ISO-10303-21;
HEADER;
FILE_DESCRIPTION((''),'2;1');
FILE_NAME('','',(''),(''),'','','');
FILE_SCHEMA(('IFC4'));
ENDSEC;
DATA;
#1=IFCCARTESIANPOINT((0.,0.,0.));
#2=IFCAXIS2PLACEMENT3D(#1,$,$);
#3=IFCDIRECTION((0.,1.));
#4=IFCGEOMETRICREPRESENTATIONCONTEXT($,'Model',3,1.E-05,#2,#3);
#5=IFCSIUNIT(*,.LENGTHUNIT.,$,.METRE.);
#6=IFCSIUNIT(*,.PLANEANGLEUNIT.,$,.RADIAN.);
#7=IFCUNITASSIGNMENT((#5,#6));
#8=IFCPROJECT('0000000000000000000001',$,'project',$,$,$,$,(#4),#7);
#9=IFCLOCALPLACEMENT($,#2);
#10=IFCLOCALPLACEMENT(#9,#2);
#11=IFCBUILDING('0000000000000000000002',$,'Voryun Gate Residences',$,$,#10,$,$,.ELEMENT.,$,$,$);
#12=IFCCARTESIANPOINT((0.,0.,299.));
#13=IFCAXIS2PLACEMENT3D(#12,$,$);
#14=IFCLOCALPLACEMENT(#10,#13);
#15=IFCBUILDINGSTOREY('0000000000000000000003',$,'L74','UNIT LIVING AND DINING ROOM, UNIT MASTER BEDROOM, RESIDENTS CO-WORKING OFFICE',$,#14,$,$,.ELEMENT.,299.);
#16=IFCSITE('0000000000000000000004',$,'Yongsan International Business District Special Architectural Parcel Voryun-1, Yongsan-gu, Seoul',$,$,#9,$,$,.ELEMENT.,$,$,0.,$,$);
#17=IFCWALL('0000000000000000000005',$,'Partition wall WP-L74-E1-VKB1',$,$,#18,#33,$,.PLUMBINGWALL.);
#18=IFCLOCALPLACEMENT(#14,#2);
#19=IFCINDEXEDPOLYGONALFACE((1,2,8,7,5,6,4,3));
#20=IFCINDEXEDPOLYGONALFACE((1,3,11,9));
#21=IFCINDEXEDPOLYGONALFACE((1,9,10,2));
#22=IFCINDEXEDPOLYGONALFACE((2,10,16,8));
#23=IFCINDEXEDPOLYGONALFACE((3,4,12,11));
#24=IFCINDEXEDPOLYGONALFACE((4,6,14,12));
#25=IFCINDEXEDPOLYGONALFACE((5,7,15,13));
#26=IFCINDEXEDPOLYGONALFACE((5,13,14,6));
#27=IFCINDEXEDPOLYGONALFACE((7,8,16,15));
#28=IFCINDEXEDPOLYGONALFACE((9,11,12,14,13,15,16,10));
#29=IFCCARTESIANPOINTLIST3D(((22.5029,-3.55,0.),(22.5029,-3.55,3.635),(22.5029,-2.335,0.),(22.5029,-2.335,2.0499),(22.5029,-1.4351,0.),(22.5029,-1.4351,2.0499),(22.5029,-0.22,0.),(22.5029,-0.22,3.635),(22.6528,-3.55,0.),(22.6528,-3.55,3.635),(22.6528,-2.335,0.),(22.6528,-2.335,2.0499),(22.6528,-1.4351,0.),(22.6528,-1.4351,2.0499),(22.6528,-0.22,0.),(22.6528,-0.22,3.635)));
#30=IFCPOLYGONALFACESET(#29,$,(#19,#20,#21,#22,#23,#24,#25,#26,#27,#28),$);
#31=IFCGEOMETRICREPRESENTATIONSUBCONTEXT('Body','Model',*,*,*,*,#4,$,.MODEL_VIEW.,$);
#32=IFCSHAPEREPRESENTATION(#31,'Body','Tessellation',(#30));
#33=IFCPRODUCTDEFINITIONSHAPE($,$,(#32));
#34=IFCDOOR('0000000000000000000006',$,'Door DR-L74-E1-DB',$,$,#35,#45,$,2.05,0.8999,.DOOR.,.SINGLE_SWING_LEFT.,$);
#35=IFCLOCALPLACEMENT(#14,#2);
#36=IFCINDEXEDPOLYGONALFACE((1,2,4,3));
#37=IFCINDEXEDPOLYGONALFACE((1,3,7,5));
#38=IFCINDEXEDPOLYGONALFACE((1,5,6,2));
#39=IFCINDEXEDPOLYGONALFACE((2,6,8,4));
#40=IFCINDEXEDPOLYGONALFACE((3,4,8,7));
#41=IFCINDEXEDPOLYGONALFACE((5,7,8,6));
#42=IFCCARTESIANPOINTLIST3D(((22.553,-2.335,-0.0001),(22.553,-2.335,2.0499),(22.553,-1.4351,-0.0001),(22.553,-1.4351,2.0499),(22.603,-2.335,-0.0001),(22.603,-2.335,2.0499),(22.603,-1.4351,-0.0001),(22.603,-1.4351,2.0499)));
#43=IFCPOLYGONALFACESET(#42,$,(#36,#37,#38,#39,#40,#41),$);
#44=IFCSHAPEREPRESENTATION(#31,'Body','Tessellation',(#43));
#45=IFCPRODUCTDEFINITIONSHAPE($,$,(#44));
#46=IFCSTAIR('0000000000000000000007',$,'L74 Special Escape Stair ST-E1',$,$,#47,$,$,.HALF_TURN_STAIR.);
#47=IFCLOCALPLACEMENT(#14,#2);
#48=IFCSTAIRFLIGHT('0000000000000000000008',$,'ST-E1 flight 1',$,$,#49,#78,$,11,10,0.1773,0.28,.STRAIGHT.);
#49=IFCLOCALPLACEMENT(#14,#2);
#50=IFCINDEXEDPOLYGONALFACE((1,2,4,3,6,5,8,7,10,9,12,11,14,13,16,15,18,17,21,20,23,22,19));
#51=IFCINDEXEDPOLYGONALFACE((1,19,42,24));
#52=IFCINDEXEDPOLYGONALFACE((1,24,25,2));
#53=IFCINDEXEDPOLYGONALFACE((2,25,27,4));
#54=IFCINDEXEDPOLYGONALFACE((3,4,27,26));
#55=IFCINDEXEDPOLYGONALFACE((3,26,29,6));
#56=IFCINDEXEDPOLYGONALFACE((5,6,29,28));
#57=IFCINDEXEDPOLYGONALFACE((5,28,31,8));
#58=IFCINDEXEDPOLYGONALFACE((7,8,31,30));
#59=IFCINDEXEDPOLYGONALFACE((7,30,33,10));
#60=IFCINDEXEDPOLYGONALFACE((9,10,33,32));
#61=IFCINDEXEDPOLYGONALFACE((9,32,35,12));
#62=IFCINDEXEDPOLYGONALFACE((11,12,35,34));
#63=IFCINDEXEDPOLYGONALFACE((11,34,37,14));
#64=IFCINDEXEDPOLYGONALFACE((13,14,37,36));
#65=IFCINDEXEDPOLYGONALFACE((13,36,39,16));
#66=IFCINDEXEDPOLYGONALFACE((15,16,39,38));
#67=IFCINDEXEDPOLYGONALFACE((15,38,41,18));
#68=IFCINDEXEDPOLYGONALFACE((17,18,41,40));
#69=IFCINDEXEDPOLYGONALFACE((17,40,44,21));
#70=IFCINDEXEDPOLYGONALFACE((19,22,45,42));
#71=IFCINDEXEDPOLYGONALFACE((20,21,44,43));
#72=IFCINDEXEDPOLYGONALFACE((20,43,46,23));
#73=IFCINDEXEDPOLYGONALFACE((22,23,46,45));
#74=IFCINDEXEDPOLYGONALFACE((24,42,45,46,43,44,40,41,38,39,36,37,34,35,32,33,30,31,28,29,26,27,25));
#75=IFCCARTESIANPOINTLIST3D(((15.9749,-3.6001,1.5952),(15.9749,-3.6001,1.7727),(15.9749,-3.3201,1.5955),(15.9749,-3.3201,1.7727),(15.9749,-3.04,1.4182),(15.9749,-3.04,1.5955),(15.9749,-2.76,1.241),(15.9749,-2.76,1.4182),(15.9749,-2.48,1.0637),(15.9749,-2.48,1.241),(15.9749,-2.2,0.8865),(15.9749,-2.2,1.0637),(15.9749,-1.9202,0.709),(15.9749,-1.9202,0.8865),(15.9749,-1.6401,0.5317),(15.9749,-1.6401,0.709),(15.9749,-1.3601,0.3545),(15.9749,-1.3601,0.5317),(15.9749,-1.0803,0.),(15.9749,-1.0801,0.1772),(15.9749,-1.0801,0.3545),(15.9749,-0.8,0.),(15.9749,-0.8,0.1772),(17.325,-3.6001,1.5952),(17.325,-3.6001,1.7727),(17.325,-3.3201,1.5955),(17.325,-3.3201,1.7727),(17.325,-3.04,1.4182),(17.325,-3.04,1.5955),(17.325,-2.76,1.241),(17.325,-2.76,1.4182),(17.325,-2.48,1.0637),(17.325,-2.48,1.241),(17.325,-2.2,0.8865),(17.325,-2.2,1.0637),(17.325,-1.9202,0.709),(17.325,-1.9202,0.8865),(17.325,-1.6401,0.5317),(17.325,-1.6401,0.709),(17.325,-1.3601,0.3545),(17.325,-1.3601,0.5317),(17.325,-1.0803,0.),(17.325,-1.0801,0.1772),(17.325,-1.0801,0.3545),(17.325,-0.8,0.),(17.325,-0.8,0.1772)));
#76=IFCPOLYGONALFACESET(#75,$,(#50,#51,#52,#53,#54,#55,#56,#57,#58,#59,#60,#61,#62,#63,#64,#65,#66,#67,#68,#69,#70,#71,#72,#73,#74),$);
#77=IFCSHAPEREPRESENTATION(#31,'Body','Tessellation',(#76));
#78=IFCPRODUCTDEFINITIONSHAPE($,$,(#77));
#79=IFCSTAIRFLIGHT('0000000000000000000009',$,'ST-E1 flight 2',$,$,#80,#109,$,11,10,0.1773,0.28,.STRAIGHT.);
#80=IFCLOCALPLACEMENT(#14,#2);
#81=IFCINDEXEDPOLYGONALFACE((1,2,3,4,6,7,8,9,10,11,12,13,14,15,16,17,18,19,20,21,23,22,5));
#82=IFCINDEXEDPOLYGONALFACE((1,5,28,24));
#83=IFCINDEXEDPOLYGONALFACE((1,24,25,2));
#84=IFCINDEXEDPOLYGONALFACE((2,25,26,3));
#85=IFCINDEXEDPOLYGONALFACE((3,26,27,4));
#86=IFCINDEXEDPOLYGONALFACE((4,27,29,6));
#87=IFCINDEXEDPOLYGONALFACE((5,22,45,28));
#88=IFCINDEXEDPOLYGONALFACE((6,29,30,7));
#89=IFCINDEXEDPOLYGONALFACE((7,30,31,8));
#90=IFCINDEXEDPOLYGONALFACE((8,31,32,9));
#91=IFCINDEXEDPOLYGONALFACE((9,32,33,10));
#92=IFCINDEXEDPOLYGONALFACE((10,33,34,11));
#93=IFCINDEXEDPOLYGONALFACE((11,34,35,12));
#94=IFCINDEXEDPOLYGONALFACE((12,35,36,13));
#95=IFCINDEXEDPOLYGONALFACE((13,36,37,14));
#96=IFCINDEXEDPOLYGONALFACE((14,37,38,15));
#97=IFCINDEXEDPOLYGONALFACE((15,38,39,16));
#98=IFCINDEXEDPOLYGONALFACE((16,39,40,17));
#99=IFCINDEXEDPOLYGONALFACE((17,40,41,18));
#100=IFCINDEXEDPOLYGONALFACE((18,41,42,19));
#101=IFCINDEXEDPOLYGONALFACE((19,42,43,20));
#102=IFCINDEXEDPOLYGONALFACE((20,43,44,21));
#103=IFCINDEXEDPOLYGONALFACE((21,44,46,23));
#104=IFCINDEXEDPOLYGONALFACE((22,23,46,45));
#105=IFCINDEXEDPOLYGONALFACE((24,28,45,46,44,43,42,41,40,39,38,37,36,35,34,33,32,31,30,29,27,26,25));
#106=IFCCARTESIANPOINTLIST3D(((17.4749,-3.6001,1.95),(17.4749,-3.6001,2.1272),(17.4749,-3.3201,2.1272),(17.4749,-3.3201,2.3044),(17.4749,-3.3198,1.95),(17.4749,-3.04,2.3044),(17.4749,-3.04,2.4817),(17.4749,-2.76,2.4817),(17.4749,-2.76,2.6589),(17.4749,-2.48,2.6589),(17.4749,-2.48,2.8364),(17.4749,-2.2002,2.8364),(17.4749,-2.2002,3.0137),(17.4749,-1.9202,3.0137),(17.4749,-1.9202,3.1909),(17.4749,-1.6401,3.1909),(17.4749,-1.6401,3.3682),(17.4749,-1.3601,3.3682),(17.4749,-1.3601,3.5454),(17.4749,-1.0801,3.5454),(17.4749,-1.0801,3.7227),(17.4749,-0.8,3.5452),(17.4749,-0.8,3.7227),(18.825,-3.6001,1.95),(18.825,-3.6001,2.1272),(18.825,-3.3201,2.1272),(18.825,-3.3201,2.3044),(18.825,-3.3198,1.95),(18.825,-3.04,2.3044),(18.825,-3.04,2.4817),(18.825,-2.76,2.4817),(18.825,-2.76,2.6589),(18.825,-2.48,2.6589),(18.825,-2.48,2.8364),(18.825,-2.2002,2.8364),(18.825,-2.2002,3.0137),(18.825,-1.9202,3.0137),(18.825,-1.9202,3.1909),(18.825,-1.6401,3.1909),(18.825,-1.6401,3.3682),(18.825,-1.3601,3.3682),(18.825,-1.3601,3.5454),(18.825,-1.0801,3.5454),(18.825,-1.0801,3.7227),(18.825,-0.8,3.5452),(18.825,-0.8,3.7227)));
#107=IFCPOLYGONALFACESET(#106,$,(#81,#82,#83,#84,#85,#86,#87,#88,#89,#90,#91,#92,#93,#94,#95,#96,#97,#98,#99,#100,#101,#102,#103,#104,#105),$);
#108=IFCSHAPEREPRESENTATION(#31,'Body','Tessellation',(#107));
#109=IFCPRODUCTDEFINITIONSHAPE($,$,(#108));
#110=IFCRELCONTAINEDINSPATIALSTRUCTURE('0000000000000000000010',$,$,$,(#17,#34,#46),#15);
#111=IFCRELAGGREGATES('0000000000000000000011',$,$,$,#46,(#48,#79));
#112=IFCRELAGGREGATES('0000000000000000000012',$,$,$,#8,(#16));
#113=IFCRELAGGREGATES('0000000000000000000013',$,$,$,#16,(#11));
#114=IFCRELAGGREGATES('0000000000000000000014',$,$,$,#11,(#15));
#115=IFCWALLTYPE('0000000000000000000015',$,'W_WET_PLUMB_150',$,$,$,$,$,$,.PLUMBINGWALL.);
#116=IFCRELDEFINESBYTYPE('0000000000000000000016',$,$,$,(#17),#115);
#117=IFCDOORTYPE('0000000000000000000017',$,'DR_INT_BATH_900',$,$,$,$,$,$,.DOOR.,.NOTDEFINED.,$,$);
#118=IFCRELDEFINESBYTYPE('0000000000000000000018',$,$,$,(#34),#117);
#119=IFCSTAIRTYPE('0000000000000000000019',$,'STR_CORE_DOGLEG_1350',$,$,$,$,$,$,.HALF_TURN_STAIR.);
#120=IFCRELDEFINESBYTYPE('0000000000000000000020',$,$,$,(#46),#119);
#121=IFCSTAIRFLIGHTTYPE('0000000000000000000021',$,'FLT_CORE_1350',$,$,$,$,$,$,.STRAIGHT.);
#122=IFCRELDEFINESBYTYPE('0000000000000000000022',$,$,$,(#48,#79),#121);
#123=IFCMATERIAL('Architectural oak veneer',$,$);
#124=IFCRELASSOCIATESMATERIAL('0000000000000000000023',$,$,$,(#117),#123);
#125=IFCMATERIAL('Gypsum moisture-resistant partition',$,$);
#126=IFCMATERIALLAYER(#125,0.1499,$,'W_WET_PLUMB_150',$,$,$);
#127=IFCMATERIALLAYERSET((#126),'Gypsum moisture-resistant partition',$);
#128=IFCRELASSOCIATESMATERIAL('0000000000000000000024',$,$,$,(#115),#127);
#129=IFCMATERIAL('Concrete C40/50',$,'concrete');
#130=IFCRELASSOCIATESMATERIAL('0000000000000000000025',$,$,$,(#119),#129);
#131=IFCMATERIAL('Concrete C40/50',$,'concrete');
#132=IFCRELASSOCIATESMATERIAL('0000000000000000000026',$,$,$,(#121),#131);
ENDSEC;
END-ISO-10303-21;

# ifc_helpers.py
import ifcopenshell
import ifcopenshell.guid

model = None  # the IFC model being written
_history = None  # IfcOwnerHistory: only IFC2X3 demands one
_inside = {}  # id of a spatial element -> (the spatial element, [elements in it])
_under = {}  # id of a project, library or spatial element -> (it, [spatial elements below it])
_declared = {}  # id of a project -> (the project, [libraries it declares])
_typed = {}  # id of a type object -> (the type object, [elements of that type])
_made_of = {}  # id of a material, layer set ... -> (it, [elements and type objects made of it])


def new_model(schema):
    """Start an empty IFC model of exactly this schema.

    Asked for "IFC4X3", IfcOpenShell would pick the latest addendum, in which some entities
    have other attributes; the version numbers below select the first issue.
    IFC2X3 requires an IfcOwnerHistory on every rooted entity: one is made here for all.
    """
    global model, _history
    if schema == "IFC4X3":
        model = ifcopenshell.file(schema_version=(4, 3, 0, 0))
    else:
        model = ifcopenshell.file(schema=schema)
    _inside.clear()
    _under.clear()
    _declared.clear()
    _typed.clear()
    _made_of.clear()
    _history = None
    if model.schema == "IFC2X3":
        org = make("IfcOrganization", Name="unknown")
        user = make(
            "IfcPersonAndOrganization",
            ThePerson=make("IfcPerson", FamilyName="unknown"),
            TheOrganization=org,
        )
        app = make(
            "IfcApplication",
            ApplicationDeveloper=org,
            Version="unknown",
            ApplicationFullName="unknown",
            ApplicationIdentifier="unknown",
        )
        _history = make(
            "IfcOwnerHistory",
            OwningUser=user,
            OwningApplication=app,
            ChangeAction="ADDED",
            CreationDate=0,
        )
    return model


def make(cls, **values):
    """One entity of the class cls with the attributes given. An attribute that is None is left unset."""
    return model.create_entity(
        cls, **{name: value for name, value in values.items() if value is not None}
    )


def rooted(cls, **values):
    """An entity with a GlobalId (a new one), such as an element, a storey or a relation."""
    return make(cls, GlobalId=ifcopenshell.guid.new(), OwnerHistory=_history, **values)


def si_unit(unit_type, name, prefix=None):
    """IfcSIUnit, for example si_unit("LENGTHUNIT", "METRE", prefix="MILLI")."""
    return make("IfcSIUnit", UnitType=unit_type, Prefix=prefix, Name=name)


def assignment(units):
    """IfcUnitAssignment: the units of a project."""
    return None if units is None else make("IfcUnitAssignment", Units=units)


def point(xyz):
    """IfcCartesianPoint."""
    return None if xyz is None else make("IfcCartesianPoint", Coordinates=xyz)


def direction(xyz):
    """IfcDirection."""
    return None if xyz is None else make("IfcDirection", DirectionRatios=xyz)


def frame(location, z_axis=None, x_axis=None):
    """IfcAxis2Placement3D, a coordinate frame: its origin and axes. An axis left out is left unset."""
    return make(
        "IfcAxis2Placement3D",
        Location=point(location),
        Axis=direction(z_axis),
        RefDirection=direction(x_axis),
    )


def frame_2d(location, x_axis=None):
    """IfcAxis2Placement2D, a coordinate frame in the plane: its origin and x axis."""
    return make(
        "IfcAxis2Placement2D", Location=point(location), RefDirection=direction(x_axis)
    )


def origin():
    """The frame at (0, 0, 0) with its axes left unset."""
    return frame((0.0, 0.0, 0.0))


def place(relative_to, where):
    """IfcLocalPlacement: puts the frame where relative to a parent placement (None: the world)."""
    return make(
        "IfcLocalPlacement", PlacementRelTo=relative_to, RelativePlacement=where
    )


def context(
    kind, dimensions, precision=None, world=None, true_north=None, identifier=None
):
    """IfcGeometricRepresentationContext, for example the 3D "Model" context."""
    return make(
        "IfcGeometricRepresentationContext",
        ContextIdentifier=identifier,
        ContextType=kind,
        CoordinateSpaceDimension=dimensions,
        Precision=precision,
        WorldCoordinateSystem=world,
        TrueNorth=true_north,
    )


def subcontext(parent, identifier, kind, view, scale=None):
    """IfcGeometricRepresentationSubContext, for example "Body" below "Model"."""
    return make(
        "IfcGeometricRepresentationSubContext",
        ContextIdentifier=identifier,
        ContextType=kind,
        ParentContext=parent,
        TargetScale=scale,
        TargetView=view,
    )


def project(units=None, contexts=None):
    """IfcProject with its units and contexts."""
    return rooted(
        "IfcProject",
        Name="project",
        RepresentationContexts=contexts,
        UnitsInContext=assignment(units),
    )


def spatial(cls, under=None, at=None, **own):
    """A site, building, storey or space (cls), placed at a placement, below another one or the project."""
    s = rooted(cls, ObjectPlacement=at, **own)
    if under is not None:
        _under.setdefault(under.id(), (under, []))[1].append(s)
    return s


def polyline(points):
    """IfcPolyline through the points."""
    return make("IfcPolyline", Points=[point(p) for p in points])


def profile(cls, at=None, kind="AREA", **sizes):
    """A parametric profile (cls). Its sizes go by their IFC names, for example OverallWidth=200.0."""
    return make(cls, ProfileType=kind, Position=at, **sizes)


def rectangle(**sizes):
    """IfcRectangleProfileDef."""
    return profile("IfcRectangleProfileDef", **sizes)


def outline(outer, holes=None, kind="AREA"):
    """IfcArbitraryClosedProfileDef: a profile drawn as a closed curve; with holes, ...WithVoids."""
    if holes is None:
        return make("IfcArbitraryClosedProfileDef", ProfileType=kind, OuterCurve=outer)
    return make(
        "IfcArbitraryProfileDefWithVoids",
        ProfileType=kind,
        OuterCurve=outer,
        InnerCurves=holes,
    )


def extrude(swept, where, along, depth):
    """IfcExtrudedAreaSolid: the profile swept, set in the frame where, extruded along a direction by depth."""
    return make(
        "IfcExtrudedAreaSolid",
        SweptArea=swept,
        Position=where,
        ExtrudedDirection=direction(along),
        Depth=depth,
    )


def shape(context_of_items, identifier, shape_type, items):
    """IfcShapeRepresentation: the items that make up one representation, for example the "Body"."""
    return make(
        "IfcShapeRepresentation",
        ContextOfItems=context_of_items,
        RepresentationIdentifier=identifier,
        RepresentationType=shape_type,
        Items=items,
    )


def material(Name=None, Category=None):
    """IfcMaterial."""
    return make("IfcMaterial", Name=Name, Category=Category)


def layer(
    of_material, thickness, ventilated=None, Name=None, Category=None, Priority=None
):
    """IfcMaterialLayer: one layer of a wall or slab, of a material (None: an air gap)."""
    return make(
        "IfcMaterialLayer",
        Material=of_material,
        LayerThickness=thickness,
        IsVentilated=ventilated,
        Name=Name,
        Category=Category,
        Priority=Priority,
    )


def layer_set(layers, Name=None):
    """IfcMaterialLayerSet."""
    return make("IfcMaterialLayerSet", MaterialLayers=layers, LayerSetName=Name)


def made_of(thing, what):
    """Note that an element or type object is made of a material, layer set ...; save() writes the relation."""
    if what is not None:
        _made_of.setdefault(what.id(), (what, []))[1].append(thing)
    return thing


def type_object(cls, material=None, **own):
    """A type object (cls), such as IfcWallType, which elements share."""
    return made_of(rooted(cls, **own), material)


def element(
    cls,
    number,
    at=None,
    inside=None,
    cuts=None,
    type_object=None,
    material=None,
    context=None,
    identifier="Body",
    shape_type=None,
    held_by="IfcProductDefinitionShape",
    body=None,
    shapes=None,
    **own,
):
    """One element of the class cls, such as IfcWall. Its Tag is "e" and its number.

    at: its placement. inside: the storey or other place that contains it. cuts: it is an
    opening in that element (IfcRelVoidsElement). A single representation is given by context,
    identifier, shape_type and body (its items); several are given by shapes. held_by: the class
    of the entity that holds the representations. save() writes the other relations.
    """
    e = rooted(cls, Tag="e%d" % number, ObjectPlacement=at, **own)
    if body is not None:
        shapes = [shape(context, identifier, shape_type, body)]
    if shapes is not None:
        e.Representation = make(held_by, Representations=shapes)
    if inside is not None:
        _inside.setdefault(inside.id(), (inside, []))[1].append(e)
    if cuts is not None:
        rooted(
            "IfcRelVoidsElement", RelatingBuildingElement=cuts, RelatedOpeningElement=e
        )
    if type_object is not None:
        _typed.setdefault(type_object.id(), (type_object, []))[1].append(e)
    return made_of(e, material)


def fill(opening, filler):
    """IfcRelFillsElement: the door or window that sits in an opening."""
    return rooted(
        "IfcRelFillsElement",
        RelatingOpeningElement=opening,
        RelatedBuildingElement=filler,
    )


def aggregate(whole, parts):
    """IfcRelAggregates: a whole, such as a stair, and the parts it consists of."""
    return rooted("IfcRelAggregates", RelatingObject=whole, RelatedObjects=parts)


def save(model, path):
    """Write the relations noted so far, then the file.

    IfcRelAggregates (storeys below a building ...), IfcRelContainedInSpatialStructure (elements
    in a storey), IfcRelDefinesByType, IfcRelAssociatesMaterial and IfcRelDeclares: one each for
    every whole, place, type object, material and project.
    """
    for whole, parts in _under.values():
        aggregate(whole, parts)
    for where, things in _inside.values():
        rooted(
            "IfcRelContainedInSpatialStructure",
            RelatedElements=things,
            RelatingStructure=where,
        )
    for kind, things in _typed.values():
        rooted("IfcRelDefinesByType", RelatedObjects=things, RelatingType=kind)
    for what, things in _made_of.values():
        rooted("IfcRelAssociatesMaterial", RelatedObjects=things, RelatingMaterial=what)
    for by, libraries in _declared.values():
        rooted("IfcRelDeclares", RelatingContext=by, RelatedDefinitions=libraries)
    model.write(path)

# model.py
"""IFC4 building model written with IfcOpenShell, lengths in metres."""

from ifc_helpers import new_model, si_unit, direction, frame, frame_2d, origin, place, context, subcontext, project, spatial, polyline, rectangle, outline, extrude, material, layer, layer_set, type_object, element, fill, aggregate, save


model = new_model("IFC4")

# Units and contexts
model_context = context("Model", 3, precision=1e-05, world=origin(), true_north=direction((0.0, 1.0)))
body_context = subcontext(model_context, "Body", "Model", "MODEL_VIEW")
ifc_project = project(units=[si_unit("LENGTHUNIT", "METRE"), si_unit("PLANEANGLEUNIT", "RADIAN")], contexts=[model_context])

# Site, building, storey
site_placement = place(None, origin())
site = spatial("IfcSite", under=ifc_project, at=site_placement, Name="Yongsan International Business District Special Architectural Parcel Voryun-1, Yongsan-gu, Seoul", CompositionType="ELEMENT", RefElevation=0.0)
building_placement = place(site_placement, origin())
building = spatial("IfcBuilding", under=site, at=building_placement, Name="Voryun Gate Residences", CompositionType="ELEMENT")
storey_placement = place(building_placement, frame((0.0, 0.0, 299.0)))
storey = spatial("IfcBuildingStorey", under=building, at=storey_placement, Name="L74", Description="UNIT LIVING AND DINING ROOM, UNIT MASTER BEDROOM, RESIDENTS CO-WORKING OFFICE", CompositionType="ELEMENT", Elevation=299.0)

# Wall, opening, door
ifc_material_1 = material(Name="Architectural oak veneer")
door_type = type_object("IfcDoorType", Name="DR_INT_BATH_900", OperationType="NOTDEFINED", PredefinedType="DOOR", material=ifc_material_1)
ifc_material_2 = material(Name="Gypsum moisture-resistant partition")
ifc_layer_1 = layer(ifc_material_2, 0.1499, Name="W_WET_PLUMB_150")
ifc_layer_set_1 = layer_set([ifc_layer_1], Name="Gypsum moisture-resistant partition")
wall_type_1 = type_object("IfcWallType", Name="W_WET_PLUMB_150", PredefinedType="PLUMBINGWALL", material=ifc_layer_set_1)
wall_1_placement = place(storey_placement, frame((22.5779, -3.55, 0.0), z_axis=(0.0, 0.0, 1.0), x_axis=(0.0, 1.0, 0.0)))
wall_1 = element("IfcWall", 1, at=wall_1_placement, inside=storey, type_object=wall_type_1, Name="Partition wall WP-L74-E1-VKB1", PredefinedType="PLUMBINGWALL", context=body_context, shape_type="SweptSolid", body=[
    extrude(rectangle(XDim=3.3301, YDim=0.1499, at=frame_2d((1.665, 0.0))), origin(), (0.0, 0.0, 1.0), 3.635),
])
opening_1_placement = place(wall_1_placement, frame((1.2151, 0.0, 0.0)))
opening_1 = element("IfcOpeningElement", 2, at=opening_1_placement, cuts=wall_1, PredefinedType="OPENING", context=body_context, shape_type="SweptSolid", body=[
    extrude(rectangle(XDim=0.8999, YDim=2.05, at=frame_2d((0.45, 1.0249))), frame((0.0, 0.085, 0.0), z_axis=(0.0, -1.0, 0.0), x_axis=(1.0, 0.0, 0.0)), (0.0, 0.0, 1.0), 0.1699),
])
door_1_placement = place(opening_1_placement, origin())
door_1 = element("IfcDoor", 3, at=door_1_placement, inside=storey, type_object=door_type, Name="Door DR-L74-E1-DB", OperationType="SINGLE_SWING_LEFT", OverallHeight=2.05, OverallWidth=0.8999, PredefinedType="DOOR", context=body_context, shape_type="SweptSolid", body=[
    extrude(rectangle(XDim=0.8999, YDim=2.05, at=frame_2d((0.45, 1.0249))), frame((0.0, 0.0249, 0.0), z_axis=(0.0, -1.0, 0.0), x_axis=(1.0, 0.0, 0.0)), (0.0, 0.0, 1.0), 0.05),
])
fill(opening_1, door_1)

# Stair, stair flights
ifc_material_3 = material(Name="Concrete C40/50", Category="concrete")
stair_type = type_object("IfcStairType", Name="STR_CORE_DOGLEG_1350", PredefinedType="HALF_TURN_STAIR", material=ifc_material_3)
stair_placement = place(storey_placement, origin())
stair = element("IfcStair", 4, at=stair_placement, inside=storey, type_object=stair_type, Name="L74 Special Escape Stair ST-E1", PredefinedType="HALF_TURN_STAIR")
ifc_material_4 = material(Name="Concrete C40/50", Category="concrete")
stair_flight_type = type_object("IfcStairFlightType", Name="FLT_CORE_1350", PredefinedType="STRAIGHT", material=ifc_material_4)
stair_flight_1_placement = place(storey_placement, frame((16.6499, -0.8, 0.0), z_axis=(0.0, 0.0, 1.0), x_axis=(0.0, -1.0, 0.0)))
stair_flight_1 = element("IfcStairFlight", 5, at=stair_flight_1_placement, type_object=stair_flight_type, Name="ST-E1 flight 1", NumberOfRisers=11, NumberOfTreads=10, PredefinedType="STRAIGHT", RiserHeight=0.1773, TreadLength=0.28, context=body_context, shape_type="SweptSolid", body=[
    extrude(outline(polyline([(0.0, 0.0), (0.0, 0.1772), (0.28, 0.1772), (0.28, 0.3545), (0.5601, 0.3545), (0.5601, 0.5317), (0.8401, 0.5317), (0.8401, 0.709), (1.1201, 0.709), (1.1201, 0.8865), (1.3999, 0.8865), (1.3999, 1.0637), (1.6799, 1.0637), (1.6799, 1.241), (1.96, 1.241), (1.96, 1.4182), (2.24, 1.4182), (2.24, 1.5955), (2.52, 1.5955), (2.52, 1.7727), (2.8, 1.7727), (2.8, 1.95), (2.8, 1.5952), (0.2803, 0.0), (0.0, 0.0)])), frame((0.0, 0.675, 0.0), z_axis=(0.0, -1.0, 0.0), x_axis=(1.0, 0.0, 0.0)), (0.0, 0.0, 1.0), 1.3501),
])
stair_flight_2_placement = place(storey_placement, frame((18.1499, -3.6001, 1.95), z_axis=(0.0, 0.0, 1.0), x_axis=(0.0, 1.0, 0.0)))
stair_flight_2 = element("IfcStairFlight", 6, at=stair_flight_2_placement, type_object=stair_flight_type, Name="ST-E1 flight 2", NumberOfRisers=11, NumberOfTreads=10, PredefinedType="STRAIGHT", RiserHeight=0.1773, TreadLength=0.28, context=body_context, shape_type="SweptSolid", body=[
    extrude(outline(polyline([(0.0, 0.0), (0.0, 0.1772), (0.28, 0.1772), (0.28, 0.3545), (0.5601, 0.3545), (0.5601, 0.5317), (0.8401, 0.5317), (0.8401, 0.709), (1.1201, 0.709), (1.1201, 0.8865), (1.3999, 0.8865), (1.3999, 1.0637), (1.6799, 1.0637), (1.6799, 1.241), (1.96, 1.241), (1.96, 1.4182), (2.24, 1.4182), (2.24, 1.5955), (2.52, 1.5955), (2.52, 1.7727), (2.8, 1.7727), (2.8, 1.95), (2.8, 1.5952), (0.2803, 0.0), (0.0, 0.0)])), frame((0.0, 0.675, 0.0), z_axis=(0.0, -1.0, 0.0), x_axis=(1.0, 0.0, 0.0)), (0.0, 0.0, 1.0), 1.3501),
])
aggregate(stair, [stair_flight_1, stair_flight_2])

save(model, "model.ifc")
